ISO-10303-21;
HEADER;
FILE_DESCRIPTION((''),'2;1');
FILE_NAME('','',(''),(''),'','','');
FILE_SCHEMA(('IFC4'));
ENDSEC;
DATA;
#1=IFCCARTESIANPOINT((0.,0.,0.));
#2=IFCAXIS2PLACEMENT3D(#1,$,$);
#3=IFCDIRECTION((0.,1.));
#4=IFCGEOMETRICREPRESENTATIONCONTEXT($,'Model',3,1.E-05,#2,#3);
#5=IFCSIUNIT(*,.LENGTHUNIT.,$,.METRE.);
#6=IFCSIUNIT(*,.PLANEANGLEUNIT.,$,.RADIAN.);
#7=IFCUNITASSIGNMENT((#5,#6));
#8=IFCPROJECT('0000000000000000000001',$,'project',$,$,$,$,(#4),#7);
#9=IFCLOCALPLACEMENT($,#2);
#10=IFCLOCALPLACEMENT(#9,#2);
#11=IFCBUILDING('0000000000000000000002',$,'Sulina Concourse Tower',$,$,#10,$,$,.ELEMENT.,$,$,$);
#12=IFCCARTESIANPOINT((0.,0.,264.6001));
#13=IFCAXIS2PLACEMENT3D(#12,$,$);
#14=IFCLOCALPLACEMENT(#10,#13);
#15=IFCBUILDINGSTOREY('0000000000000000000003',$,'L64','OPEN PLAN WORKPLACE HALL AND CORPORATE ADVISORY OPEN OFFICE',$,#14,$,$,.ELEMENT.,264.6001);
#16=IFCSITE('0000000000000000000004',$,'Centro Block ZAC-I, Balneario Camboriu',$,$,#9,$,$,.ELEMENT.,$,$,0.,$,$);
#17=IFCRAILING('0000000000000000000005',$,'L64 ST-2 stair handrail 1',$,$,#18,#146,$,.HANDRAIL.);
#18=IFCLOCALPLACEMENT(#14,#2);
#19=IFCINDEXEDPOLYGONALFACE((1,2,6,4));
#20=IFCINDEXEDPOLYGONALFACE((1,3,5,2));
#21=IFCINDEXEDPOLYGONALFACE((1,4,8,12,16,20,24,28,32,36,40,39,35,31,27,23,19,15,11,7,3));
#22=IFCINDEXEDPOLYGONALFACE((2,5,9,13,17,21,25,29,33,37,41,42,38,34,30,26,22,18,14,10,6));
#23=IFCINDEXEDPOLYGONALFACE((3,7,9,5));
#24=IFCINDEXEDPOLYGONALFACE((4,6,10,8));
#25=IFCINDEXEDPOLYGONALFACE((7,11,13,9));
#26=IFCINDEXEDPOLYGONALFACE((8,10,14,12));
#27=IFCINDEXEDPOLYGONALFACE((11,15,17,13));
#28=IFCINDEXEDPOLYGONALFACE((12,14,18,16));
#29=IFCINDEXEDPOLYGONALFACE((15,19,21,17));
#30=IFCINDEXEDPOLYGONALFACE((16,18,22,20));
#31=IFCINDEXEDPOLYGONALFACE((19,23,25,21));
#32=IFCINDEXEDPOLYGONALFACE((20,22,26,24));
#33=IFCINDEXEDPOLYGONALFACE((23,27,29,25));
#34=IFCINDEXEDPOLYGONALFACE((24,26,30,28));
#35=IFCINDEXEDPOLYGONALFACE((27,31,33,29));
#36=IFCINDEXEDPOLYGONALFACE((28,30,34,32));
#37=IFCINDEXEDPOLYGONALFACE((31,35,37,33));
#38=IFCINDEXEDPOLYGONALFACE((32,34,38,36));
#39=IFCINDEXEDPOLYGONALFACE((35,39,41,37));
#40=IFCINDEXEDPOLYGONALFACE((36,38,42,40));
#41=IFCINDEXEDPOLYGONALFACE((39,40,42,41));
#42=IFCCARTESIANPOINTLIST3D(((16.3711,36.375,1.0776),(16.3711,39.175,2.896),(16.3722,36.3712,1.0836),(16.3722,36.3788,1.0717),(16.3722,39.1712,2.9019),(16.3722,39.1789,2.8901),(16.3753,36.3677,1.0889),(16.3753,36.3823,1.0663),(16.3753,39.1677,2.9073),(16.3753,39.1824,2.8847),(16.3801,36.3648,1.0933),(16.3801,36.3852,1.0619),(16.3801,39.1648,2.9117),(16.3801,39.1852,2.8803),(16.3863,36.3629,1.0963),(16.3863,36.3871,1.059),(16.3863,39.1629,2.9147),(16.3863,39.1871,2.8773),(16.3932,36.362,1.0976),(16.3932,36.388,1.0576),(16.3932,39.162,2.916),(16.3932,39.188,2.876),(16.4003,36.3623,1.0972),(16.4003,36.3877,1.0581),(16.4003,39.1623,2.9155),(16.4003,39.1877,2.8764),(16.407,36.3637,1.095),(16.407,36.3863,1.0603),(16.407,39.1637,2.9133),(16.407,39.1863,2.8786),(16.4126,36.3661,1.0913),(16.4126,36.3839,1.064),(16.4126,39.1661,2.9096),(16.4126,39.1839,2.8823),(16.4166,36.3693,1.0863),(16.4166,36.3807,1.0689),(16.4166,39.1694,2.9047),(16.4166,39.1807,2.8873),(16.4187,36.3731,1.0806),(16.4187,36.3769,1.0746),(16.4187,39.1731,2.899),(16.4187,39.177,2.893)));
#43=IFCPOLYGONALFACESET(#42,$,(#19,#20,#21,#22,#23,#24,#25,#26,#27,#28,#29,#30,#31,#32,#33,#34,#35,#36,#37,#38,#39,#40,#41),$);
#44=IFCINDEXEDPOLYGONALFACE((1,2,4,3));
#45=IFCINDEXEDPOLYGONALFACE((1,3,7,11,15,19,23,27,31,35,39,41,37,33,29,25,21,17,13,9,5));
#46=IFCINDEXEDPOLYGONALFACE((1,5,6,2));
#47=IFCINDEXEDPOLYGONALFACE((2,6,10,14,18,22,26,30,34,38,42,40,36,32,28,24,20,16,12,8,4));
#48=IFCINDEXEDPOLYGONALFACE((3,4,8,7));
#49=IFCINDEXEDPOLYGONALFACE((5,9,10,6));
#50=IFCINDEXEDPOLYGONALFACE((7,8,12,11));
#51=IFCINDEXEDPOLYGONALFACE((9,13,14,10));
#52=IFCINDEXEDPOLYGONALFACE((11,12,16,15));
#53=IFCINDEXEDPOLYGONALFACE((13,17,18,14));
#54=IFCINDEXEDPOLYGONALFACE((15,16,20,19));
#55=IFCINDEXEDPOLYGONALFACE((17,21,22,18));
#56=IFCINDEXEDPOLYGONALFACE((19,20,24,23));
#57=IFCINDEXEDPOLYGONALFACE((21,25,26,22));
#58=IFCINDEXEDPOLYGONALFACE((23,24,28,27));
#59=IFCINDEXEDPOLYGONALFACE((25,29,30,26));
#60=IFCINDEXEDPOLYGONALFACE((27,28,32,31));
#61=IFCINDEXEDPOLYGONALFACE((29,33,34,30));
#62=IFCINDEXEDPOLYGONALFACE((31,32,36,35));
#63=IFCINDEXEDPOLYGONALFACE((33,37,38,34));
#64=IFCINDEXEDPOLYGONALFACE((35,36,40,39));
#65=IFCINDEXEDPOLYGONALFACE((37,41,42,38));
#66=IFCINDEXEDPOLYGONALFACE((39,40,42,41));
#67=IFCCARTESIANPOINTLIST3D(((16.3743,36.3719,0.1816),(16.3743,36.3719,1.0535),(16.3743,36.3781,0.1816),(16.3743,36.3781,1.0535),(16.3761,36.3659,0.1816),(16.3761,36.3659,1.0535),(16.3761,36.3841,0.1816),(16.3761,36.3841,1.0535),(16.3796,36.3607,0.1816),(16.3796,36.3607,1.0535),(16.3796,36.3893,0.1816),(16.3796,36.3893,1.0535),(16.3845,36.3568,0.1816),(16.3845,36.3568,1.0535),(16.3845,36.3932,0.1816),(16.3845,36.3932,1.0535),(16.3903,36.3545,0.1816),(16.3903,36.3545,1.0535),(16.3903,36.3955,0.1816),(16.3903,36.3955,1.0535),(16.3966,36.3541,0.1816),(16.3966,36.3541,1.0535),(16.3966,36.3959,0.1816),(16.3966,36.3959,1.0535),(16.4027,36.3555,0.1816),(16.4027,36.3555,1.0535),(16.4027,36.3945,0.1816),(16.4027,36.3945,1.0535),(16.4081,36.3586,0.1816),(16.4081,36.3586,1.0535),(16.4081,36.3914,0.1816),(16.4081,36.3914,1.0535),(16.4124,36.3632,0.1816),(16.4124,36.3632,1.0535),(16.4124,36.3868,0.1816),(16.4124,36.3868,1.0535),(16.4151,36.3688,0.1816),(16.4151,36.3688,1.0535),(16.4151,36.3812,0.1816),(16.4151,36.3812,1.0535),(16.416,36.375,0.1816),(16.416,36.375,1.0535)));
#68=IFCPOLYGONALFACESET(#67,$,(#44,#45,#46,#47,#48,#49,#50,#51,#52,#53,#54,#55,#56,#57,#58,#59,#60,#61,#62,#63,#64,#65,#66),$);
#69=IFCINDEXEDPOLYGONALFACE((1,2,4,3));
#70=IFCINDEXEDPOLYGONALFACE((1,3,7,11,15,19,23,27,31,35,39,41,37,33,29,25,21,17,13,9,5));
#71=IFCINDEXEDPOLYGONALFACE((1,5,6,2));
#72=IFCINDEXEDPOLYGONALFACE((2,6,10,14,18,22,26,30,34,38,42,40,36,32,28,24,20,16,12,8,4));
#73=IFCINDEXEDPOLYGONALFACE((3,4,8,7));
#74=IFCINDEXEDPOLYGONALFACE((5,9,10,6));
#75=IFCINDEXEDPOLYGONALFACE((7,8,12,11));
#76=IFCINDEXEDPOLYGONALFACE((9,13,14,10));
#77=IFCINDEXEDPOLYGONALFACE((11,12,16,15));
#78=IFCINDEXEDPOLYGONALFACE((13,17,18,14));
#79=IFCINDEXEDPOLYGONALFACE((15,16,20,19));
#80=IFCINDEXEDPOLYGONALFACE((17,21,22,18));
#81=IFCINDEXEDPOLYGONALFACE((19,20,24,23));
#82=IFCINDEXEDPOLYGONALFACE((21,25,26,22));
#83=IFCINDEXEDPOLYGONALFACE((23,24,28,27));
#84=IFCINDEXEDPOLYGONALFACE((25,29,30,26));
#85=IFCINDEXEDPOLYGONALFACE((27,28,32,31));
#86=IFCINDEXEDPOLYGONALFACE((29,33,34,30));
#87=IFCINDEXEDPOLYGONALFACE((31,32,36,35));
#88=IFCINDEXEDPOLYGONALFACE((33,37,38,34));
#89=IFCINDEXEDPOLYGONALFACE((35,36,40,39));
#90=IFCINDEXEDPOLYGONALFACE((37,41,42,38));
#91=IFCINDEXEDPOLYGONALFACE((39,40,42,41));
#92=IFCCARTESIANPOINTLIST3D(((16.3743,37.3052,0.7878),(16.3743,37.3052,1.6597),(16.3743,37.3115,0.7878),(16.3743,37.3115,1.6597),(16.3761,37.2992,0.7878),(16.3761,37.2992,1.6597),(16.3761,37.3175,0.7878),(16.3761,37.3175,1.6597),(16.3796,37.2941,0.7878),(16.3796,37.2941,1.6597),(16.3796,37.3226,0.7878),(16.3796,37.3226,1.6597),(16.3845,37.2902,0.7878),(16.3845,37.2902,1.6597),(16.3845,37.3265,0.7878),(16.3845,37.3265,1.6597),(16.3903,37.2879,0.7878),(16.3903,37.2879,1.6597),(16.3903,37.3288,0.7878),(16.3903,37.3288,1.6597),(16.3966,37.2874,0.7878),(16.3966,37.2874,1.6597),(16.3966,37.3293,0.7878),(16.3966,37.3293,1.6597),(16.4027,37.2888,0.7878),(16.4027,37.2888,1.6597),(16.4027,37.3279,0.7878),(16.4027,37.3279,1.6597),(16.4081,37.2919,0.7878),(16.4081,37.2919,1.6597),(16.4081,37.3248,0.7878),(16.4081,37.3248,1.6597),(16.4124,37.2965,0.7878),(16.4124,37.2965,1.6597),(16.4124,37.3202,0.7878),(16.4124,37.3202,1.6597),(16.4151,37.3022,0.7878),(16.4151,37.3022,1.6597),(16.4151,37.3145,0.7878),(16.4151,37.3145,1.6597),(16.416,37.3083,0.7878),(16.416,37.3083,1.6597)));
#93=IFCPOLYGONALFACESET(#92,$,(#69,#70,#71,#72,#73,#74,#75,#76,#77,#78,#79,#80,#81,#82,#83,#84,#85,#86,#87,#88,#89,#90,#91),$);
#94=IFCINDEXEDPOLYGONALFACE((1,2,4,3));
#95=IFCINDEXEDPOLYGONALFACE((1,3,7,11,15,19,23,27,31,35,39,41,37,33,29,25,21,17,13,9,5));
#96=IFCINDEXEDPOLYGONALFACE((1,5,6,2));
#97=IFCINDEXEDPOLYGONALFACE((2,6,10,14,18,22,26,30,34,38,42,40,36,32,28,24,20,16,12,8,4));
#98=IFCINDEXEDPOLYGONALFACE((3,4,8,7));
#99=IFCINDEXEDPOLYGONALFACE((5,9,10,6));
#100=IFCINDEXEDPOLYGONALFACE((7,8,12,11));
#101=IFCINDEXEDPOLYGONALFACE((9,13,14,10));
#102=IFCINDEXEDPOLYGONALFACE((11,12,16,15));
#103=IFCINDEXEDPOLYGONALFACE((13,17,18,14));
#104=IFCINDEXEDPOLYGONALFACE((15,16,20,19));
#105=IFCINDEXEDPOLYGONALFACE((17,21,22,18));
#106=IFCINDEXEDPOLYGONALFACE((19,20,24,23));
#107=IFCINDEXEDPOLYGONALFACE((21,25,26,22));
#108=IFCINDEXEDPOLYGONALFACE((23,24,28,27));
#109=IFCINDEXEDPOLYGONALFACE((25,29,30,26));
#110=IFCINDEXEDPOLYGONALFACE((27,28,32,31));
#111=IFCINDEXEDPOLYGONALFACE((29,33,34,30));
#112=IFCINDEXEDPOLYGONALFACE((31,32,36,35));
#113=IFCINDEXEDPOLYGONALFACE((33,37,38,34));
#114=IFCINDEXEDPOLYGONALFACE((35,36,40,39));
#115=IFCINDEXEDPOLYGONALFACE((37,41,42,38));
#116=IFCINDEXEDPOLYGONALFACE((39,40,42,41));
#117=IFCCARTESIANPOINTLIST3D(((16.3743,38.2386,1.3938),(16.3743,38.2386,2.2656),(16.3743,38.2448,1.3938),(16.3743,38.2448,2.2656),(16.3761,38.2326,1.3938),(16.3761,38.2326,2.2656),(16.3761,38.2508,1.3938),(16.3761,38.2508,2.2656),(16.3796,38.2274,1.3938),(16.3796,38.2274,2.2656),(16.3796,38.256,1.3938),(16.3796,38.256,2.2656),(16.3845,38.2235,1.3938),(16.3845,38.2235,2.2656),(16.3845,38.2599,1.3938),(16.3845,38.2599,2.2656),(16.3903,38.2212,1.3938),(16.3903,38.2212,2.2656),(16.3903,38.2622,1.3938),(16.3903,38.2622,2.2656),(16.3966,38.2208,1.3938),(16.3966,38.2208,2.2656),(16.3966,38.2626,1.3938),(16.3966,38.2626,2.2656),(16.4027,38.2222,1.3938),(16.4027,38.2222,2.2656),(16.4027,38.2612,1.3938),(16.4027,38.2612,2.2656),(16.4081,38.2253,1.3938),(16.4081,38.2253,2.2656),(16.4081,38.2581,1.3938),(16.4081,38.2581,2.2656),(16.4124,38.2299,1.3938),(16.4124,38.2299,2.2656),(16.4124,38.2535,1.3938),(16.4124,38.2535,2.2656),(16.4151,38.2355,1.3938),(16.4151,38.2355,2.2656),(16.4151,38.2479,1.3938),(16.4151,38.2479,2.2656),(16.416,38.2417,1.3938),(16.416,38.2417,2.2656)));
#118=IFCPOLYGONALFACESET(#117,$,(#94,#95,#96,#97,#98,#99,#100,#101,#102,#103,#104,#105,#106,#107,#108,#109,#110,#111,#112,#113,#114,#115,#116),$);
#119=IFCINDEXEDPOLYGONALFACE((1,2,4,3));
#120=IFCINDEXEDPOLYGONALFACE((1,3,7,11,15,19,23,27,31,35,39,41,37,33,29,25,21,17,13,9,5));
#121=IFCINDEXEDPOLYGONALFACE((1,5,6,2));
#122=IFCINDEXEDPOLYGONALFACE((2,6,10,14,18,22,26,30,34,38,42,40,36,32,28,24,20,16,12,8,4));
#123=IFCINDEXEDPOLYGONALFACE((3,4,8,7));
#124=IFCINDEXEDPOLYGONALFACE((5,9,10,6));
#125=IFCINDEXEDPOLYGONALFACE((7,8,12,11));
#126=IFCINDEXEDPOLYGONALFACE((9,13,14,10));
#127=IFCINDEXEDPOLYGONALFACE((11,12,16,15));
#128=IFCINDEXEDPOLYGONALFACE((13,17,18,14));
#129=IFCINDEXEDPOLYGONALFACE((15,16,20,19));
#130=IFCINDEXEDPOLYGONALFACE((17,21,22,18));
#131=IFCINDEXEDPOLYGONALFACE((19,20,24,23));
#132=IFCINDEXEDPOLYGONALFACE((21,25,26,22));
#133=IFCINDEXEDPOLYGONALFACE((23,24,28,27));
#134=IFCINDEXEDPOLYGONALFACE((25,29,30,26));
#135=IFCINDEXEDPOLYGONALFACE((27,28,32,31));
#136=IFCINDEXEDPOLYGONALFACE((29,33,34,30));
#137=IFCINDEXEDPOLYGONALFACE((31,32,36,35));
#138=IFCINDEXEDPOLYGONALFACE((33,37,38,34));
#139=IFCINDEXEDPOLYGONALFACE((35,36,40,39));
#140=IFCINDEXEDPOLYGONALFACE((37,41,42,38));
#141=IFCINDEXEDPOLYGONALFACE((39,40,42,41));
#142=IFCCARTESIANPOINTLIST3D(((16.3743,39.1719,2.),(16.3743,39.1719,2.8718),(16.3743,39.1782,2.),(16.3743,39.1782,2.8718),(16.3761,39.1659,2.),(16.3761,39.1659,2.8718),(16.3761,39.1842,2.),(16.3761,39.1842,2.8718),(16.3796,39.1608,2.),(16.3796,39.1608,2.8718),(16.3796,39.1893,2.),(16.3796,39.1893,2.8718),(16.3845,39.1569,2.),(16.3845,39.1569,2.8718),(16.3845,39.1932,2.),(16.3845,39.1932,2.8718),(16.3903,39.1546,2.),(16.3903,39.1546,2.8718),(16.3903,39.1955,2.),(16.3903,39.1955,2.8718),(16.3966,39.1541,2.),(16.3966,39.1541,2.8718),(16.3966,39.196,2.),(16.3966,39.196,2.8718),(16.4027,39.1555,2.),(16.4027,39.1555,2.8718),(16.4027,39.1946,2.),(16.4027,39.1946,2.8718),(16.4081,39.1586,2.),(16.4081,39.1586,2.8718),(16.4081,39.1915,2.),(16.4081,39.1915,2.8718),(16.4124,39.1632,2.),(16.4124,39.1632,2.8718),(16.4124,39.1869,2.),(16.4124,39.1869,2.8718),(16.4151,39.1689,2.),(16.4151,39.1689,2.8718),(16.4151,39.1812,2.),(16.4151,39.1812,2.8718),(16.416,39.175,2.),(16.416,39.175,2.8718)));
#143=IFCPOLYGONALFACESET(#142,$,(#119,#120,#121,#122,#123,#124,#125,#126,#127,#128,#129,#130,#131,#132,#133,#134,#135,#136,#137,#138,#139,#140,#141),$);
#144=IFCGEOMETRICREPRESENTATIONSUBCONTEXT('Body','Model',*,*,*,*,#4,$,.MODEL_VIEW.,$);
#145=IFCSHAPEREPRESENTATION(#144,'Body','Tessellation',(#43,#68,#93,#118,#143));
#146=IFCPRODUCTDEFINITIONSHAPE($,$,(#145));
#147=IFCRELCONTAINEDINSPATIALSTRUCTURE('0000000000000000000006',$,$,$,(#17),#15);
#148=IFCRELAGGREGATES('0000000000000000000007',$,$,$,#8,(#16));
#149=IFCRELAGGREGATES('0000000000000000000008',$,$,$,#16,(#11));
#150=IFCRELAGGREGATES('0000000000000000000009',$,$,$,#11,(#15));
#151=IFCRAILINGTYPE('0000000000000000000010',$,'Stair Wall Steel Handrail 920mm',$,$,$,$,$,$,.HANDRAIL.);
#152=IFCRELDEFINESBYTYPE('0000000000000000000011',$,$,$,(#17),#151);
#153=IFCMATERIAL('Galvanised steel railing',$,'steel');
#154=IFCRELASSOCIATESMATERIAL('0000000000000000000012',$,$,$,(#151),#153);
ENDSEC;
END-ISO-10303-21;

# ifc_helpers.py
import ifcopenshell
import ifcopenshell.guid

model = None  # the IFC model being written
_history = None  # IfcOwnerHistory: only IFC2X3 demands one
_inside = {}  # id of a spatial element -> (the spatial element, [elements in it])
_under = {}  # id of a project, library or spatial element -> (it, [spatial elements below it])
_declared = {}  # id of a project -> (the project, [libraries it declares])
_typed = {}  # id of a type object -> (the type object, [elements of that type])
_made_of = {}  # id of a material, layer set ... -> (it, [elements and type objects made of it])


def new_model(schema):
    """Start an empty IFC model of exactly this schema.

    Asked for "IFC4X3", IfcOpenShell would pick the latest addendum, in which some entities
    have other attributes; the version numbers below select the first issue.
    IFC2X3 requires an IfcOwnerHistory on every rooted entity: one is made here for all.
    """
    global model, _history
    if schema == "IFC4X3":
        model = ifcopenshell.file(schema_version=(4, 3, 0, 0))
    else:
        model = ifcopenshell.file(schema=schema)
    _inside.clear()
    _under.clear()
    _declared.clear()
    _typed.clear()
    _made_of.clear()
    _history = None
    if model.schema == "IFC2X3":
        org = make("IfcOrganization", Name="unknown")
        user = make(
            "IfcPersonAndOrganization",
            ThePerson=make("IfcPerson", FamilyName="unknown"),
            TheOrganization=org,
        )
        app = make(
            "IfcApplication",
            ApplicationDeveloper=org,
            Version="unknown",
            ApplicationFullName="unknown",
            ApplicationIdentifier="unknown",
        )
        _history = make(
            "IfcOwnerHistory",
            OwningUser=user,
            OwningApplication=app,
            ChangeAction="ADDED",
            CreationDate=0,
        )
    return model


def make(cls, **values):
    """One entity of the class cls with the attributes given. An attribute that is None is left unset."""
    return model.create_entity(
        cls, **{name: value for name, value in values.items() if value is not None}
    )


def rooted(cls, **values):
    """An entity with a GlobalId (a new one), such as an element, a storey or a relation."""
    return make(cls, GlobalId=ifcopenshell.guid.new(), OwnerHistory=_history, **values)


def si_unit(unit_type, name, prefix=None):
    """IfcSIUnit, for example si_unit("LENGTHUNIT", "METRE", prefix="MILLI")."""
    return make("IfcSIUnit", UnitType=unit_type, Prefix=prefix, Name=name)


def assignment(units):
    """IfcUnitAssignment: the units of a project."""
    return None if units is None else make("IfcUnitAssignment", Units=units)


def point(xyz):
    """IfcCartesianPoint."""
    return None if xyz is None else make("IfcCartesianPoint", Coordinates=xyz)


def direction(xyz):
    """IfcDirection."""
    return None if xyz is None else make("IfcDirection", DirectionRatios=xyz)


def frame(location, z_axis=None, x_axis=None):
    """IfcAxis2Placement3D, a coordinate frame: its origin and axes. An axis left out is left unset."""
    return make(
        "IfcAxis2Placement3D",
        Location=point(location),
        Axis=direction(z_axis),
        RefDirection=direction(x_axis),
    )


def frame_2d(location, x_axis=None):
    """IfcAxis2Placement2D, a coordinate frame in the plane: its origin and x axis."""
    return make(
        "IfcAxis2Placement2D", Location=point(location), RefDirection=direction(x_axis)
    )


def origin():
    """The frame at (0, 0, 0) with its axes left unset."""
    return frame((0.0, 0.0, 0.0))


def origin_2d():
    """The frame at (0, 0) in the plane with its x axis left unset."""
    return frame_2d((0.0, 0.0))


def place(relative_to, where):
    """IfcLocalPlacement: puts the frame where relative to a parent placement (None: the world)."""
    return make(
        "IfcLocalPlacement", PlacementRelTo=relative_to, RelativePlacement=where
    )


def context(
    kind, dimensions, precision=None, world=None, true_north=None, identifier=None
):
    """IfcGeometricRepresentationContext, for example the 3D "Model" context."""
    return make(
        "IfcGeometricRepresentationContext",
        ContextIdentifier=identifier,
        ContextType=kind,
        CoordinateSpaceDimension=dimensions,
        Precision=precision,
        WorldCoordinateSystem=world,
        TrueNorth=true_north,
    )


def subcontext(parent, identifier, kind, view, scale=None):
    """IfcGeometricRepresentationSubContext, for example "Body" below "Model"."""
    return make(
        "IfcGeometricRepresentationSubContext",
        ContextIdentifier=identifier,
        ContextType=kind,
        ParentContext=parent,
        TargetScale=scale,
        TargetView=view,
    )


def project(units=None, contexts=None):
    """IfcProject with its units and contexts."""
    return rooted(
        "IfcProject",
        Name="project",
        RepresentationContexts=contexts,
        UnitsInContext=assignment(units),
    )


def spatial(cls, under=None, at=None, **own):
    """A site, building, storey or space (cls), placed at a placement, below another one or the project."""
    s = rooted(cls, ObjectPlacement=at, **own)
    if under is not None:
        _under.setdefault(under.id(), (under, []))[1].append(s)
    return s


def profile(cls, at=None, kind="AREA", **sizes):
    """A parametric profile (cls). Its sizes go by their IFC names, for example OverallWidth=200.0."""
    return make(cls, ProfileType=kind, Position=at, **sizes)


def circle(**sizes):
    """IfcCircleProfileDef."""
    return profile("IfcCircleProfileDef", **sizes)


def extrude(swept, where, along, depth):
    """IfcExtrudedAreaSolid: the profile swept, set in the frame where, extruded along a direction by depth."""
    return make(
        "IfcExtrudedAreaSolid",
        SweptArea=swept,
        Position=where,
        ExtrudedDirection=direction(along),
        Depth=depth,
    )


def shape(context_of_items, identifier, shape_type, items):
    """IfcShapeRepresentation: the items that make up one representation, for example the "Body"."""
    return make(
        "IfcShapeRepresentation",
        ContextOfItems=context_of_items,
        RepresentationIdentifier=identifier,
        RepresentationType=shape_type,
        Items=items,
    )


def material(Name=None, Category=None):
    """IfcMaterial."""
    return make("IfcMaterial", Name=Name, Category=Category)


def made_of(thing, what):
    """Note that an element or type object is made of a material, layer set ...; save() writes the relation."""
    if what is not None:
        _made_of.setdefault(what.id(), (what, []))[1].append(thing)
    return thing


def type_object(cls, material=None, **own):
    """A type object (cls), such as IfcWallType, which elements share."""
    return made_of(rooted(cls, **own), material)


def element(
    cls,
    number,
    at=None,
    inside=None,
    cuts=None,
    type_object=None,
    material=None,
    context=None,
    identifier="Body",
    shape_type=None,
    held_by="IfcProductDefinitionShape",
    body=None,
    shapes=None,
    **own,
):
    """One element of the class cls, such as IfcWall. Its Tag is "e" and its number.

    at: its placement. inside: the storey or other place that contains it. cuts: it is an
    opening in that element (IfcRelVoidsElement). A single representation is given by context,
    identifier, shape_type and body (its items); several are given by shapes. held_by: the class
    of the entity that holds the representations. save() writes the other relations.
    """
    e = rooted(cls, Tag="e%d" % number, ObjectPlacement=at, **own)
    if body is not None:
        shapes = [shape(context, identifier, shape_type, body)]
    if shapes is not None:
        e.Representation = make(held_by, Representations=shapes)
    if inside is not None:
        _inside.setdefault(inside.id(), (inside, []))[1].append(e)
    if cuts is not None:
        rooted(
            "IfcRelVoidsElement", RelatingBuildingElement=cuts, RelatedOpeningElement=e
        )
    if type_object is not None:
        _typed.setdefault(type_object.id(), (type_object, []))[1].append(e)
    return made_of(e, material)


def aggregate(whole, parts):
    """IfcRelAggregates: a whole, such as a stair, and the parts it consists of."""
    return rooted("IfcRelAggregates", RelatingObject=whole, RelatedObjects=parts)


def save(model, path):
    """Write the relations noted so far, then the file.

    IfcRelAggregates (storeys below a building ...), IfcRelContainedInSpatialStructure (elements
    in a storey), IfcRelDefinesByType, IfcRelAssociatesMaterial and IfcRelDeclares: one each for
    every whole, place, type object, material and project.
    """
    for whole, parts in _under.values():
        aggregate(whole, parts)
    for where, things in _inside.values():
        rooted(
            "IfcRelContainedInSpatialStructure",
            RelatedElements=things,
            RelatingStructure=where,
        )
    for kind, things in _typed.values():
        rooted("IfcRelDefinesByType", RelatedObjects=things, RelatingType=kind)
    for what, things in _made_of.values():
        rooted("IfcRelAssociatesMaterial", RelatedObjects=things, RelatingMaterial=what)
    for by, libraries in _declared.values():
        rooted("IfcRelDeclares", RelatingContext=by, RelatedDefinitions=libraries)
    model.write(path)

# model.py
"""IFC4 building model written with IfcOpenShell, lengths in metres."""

from ifc_helpers import new_model, si_unit, direction, frame, origin, origin_2d, place, context, subcontext, project, spatial, circle, extrude, material, type_object, element, save


model = new_model("IFC4")

# Units and contexts
model_context = context("Model", 3, precision=1e-05, world=origin(), true_north=direction((0.0, 1.0)))
body_context = subcontext(model_context, "Body", "Model", "MODEL_VIEW")
ifc_project = project(units=[si_unit("LENGTHUNIT", "METRE"), si_unit("PLANEANGLEUNIT", "RADIAN")], contexts=[model_context])

# Site, building, storey
site_placement = place(None, origin())
site = spatial("IfcSite", under=ifc_project, at=site_placement, Name="Centro Block ZAC-I, Balneario Camboriu", CompositionType="ELEMENT", RefElevation=0.0)
building_placement = place(site_placement, origin())
building = spatial("IfcBuilding", under=site, at=building_placement, Name="Sulina Concourse Tower", CompositionType="ELEMENT")
storey_placement = place(building_placement, frame((0.0, 0.0, 264.6001)))
storey = spatial("IfcBuildingStorey", under=building, at=storey_placement, Name="L64", Description="OPEN PLAN WORKPLACE HALL AND CORPORATE ADVISORY OPEN OFFICE", CompositionType="ELEMENT", Elevation=264.6001)

# Railing
ifc_material_1 = material(Name="Galvanised steel railing", Category="steel")
railing_type_1 = type_object("IfcRailingType", Name="Stair Wall Steel Handrail 920mm", PredefinedType="HANDRAIL", material=ifc_material_1)
railing_1_placement = place(storey_placement, frame((16.395, 36.375, 0.1816)))
element("IfcRailing", 1, at=railing_1_placement, inside=storey, type_object=railing_type_1, Name="L64 ST-2 stair handrail 1", PredefinedType="HANDRAIL", context=body_context, shape_type="SweptSolid", body=[
    extrude(circle(Radius=0.0239, at=origin_2d()), frame((0.0, 0.0, 0.896), z_axis=(0.0, 0.838672, 0.544636), x_axis=(-1.0, 0.0, 0.0)), (0.0, 0.0, 1.0), 3.3386),
    extrude(circle(Radius=0.021, at=origin_2d()), origin(), (0.0, 0.0, 1.0), 0.8718),
    extrude(circle(Radius=0.021, at=origin_2d()), frame((0.0, 0.9333, 0.6062)), (0.0, 0.0, 1.0), 0.8718),
    extrude(circle(Radius=0.021, at=origin_2d()), frame((0.0, 1.8667, 1.2122)), (0.0, 0.0, 1.0), 0.8718),
    extrude(circle(Radius=0.021, at=origin_2d()), frame((0.0, 2.8, 1.8184)), (0.0, 0.0, 1.0), 0.8718),
])

save(model, "model.ifc")
